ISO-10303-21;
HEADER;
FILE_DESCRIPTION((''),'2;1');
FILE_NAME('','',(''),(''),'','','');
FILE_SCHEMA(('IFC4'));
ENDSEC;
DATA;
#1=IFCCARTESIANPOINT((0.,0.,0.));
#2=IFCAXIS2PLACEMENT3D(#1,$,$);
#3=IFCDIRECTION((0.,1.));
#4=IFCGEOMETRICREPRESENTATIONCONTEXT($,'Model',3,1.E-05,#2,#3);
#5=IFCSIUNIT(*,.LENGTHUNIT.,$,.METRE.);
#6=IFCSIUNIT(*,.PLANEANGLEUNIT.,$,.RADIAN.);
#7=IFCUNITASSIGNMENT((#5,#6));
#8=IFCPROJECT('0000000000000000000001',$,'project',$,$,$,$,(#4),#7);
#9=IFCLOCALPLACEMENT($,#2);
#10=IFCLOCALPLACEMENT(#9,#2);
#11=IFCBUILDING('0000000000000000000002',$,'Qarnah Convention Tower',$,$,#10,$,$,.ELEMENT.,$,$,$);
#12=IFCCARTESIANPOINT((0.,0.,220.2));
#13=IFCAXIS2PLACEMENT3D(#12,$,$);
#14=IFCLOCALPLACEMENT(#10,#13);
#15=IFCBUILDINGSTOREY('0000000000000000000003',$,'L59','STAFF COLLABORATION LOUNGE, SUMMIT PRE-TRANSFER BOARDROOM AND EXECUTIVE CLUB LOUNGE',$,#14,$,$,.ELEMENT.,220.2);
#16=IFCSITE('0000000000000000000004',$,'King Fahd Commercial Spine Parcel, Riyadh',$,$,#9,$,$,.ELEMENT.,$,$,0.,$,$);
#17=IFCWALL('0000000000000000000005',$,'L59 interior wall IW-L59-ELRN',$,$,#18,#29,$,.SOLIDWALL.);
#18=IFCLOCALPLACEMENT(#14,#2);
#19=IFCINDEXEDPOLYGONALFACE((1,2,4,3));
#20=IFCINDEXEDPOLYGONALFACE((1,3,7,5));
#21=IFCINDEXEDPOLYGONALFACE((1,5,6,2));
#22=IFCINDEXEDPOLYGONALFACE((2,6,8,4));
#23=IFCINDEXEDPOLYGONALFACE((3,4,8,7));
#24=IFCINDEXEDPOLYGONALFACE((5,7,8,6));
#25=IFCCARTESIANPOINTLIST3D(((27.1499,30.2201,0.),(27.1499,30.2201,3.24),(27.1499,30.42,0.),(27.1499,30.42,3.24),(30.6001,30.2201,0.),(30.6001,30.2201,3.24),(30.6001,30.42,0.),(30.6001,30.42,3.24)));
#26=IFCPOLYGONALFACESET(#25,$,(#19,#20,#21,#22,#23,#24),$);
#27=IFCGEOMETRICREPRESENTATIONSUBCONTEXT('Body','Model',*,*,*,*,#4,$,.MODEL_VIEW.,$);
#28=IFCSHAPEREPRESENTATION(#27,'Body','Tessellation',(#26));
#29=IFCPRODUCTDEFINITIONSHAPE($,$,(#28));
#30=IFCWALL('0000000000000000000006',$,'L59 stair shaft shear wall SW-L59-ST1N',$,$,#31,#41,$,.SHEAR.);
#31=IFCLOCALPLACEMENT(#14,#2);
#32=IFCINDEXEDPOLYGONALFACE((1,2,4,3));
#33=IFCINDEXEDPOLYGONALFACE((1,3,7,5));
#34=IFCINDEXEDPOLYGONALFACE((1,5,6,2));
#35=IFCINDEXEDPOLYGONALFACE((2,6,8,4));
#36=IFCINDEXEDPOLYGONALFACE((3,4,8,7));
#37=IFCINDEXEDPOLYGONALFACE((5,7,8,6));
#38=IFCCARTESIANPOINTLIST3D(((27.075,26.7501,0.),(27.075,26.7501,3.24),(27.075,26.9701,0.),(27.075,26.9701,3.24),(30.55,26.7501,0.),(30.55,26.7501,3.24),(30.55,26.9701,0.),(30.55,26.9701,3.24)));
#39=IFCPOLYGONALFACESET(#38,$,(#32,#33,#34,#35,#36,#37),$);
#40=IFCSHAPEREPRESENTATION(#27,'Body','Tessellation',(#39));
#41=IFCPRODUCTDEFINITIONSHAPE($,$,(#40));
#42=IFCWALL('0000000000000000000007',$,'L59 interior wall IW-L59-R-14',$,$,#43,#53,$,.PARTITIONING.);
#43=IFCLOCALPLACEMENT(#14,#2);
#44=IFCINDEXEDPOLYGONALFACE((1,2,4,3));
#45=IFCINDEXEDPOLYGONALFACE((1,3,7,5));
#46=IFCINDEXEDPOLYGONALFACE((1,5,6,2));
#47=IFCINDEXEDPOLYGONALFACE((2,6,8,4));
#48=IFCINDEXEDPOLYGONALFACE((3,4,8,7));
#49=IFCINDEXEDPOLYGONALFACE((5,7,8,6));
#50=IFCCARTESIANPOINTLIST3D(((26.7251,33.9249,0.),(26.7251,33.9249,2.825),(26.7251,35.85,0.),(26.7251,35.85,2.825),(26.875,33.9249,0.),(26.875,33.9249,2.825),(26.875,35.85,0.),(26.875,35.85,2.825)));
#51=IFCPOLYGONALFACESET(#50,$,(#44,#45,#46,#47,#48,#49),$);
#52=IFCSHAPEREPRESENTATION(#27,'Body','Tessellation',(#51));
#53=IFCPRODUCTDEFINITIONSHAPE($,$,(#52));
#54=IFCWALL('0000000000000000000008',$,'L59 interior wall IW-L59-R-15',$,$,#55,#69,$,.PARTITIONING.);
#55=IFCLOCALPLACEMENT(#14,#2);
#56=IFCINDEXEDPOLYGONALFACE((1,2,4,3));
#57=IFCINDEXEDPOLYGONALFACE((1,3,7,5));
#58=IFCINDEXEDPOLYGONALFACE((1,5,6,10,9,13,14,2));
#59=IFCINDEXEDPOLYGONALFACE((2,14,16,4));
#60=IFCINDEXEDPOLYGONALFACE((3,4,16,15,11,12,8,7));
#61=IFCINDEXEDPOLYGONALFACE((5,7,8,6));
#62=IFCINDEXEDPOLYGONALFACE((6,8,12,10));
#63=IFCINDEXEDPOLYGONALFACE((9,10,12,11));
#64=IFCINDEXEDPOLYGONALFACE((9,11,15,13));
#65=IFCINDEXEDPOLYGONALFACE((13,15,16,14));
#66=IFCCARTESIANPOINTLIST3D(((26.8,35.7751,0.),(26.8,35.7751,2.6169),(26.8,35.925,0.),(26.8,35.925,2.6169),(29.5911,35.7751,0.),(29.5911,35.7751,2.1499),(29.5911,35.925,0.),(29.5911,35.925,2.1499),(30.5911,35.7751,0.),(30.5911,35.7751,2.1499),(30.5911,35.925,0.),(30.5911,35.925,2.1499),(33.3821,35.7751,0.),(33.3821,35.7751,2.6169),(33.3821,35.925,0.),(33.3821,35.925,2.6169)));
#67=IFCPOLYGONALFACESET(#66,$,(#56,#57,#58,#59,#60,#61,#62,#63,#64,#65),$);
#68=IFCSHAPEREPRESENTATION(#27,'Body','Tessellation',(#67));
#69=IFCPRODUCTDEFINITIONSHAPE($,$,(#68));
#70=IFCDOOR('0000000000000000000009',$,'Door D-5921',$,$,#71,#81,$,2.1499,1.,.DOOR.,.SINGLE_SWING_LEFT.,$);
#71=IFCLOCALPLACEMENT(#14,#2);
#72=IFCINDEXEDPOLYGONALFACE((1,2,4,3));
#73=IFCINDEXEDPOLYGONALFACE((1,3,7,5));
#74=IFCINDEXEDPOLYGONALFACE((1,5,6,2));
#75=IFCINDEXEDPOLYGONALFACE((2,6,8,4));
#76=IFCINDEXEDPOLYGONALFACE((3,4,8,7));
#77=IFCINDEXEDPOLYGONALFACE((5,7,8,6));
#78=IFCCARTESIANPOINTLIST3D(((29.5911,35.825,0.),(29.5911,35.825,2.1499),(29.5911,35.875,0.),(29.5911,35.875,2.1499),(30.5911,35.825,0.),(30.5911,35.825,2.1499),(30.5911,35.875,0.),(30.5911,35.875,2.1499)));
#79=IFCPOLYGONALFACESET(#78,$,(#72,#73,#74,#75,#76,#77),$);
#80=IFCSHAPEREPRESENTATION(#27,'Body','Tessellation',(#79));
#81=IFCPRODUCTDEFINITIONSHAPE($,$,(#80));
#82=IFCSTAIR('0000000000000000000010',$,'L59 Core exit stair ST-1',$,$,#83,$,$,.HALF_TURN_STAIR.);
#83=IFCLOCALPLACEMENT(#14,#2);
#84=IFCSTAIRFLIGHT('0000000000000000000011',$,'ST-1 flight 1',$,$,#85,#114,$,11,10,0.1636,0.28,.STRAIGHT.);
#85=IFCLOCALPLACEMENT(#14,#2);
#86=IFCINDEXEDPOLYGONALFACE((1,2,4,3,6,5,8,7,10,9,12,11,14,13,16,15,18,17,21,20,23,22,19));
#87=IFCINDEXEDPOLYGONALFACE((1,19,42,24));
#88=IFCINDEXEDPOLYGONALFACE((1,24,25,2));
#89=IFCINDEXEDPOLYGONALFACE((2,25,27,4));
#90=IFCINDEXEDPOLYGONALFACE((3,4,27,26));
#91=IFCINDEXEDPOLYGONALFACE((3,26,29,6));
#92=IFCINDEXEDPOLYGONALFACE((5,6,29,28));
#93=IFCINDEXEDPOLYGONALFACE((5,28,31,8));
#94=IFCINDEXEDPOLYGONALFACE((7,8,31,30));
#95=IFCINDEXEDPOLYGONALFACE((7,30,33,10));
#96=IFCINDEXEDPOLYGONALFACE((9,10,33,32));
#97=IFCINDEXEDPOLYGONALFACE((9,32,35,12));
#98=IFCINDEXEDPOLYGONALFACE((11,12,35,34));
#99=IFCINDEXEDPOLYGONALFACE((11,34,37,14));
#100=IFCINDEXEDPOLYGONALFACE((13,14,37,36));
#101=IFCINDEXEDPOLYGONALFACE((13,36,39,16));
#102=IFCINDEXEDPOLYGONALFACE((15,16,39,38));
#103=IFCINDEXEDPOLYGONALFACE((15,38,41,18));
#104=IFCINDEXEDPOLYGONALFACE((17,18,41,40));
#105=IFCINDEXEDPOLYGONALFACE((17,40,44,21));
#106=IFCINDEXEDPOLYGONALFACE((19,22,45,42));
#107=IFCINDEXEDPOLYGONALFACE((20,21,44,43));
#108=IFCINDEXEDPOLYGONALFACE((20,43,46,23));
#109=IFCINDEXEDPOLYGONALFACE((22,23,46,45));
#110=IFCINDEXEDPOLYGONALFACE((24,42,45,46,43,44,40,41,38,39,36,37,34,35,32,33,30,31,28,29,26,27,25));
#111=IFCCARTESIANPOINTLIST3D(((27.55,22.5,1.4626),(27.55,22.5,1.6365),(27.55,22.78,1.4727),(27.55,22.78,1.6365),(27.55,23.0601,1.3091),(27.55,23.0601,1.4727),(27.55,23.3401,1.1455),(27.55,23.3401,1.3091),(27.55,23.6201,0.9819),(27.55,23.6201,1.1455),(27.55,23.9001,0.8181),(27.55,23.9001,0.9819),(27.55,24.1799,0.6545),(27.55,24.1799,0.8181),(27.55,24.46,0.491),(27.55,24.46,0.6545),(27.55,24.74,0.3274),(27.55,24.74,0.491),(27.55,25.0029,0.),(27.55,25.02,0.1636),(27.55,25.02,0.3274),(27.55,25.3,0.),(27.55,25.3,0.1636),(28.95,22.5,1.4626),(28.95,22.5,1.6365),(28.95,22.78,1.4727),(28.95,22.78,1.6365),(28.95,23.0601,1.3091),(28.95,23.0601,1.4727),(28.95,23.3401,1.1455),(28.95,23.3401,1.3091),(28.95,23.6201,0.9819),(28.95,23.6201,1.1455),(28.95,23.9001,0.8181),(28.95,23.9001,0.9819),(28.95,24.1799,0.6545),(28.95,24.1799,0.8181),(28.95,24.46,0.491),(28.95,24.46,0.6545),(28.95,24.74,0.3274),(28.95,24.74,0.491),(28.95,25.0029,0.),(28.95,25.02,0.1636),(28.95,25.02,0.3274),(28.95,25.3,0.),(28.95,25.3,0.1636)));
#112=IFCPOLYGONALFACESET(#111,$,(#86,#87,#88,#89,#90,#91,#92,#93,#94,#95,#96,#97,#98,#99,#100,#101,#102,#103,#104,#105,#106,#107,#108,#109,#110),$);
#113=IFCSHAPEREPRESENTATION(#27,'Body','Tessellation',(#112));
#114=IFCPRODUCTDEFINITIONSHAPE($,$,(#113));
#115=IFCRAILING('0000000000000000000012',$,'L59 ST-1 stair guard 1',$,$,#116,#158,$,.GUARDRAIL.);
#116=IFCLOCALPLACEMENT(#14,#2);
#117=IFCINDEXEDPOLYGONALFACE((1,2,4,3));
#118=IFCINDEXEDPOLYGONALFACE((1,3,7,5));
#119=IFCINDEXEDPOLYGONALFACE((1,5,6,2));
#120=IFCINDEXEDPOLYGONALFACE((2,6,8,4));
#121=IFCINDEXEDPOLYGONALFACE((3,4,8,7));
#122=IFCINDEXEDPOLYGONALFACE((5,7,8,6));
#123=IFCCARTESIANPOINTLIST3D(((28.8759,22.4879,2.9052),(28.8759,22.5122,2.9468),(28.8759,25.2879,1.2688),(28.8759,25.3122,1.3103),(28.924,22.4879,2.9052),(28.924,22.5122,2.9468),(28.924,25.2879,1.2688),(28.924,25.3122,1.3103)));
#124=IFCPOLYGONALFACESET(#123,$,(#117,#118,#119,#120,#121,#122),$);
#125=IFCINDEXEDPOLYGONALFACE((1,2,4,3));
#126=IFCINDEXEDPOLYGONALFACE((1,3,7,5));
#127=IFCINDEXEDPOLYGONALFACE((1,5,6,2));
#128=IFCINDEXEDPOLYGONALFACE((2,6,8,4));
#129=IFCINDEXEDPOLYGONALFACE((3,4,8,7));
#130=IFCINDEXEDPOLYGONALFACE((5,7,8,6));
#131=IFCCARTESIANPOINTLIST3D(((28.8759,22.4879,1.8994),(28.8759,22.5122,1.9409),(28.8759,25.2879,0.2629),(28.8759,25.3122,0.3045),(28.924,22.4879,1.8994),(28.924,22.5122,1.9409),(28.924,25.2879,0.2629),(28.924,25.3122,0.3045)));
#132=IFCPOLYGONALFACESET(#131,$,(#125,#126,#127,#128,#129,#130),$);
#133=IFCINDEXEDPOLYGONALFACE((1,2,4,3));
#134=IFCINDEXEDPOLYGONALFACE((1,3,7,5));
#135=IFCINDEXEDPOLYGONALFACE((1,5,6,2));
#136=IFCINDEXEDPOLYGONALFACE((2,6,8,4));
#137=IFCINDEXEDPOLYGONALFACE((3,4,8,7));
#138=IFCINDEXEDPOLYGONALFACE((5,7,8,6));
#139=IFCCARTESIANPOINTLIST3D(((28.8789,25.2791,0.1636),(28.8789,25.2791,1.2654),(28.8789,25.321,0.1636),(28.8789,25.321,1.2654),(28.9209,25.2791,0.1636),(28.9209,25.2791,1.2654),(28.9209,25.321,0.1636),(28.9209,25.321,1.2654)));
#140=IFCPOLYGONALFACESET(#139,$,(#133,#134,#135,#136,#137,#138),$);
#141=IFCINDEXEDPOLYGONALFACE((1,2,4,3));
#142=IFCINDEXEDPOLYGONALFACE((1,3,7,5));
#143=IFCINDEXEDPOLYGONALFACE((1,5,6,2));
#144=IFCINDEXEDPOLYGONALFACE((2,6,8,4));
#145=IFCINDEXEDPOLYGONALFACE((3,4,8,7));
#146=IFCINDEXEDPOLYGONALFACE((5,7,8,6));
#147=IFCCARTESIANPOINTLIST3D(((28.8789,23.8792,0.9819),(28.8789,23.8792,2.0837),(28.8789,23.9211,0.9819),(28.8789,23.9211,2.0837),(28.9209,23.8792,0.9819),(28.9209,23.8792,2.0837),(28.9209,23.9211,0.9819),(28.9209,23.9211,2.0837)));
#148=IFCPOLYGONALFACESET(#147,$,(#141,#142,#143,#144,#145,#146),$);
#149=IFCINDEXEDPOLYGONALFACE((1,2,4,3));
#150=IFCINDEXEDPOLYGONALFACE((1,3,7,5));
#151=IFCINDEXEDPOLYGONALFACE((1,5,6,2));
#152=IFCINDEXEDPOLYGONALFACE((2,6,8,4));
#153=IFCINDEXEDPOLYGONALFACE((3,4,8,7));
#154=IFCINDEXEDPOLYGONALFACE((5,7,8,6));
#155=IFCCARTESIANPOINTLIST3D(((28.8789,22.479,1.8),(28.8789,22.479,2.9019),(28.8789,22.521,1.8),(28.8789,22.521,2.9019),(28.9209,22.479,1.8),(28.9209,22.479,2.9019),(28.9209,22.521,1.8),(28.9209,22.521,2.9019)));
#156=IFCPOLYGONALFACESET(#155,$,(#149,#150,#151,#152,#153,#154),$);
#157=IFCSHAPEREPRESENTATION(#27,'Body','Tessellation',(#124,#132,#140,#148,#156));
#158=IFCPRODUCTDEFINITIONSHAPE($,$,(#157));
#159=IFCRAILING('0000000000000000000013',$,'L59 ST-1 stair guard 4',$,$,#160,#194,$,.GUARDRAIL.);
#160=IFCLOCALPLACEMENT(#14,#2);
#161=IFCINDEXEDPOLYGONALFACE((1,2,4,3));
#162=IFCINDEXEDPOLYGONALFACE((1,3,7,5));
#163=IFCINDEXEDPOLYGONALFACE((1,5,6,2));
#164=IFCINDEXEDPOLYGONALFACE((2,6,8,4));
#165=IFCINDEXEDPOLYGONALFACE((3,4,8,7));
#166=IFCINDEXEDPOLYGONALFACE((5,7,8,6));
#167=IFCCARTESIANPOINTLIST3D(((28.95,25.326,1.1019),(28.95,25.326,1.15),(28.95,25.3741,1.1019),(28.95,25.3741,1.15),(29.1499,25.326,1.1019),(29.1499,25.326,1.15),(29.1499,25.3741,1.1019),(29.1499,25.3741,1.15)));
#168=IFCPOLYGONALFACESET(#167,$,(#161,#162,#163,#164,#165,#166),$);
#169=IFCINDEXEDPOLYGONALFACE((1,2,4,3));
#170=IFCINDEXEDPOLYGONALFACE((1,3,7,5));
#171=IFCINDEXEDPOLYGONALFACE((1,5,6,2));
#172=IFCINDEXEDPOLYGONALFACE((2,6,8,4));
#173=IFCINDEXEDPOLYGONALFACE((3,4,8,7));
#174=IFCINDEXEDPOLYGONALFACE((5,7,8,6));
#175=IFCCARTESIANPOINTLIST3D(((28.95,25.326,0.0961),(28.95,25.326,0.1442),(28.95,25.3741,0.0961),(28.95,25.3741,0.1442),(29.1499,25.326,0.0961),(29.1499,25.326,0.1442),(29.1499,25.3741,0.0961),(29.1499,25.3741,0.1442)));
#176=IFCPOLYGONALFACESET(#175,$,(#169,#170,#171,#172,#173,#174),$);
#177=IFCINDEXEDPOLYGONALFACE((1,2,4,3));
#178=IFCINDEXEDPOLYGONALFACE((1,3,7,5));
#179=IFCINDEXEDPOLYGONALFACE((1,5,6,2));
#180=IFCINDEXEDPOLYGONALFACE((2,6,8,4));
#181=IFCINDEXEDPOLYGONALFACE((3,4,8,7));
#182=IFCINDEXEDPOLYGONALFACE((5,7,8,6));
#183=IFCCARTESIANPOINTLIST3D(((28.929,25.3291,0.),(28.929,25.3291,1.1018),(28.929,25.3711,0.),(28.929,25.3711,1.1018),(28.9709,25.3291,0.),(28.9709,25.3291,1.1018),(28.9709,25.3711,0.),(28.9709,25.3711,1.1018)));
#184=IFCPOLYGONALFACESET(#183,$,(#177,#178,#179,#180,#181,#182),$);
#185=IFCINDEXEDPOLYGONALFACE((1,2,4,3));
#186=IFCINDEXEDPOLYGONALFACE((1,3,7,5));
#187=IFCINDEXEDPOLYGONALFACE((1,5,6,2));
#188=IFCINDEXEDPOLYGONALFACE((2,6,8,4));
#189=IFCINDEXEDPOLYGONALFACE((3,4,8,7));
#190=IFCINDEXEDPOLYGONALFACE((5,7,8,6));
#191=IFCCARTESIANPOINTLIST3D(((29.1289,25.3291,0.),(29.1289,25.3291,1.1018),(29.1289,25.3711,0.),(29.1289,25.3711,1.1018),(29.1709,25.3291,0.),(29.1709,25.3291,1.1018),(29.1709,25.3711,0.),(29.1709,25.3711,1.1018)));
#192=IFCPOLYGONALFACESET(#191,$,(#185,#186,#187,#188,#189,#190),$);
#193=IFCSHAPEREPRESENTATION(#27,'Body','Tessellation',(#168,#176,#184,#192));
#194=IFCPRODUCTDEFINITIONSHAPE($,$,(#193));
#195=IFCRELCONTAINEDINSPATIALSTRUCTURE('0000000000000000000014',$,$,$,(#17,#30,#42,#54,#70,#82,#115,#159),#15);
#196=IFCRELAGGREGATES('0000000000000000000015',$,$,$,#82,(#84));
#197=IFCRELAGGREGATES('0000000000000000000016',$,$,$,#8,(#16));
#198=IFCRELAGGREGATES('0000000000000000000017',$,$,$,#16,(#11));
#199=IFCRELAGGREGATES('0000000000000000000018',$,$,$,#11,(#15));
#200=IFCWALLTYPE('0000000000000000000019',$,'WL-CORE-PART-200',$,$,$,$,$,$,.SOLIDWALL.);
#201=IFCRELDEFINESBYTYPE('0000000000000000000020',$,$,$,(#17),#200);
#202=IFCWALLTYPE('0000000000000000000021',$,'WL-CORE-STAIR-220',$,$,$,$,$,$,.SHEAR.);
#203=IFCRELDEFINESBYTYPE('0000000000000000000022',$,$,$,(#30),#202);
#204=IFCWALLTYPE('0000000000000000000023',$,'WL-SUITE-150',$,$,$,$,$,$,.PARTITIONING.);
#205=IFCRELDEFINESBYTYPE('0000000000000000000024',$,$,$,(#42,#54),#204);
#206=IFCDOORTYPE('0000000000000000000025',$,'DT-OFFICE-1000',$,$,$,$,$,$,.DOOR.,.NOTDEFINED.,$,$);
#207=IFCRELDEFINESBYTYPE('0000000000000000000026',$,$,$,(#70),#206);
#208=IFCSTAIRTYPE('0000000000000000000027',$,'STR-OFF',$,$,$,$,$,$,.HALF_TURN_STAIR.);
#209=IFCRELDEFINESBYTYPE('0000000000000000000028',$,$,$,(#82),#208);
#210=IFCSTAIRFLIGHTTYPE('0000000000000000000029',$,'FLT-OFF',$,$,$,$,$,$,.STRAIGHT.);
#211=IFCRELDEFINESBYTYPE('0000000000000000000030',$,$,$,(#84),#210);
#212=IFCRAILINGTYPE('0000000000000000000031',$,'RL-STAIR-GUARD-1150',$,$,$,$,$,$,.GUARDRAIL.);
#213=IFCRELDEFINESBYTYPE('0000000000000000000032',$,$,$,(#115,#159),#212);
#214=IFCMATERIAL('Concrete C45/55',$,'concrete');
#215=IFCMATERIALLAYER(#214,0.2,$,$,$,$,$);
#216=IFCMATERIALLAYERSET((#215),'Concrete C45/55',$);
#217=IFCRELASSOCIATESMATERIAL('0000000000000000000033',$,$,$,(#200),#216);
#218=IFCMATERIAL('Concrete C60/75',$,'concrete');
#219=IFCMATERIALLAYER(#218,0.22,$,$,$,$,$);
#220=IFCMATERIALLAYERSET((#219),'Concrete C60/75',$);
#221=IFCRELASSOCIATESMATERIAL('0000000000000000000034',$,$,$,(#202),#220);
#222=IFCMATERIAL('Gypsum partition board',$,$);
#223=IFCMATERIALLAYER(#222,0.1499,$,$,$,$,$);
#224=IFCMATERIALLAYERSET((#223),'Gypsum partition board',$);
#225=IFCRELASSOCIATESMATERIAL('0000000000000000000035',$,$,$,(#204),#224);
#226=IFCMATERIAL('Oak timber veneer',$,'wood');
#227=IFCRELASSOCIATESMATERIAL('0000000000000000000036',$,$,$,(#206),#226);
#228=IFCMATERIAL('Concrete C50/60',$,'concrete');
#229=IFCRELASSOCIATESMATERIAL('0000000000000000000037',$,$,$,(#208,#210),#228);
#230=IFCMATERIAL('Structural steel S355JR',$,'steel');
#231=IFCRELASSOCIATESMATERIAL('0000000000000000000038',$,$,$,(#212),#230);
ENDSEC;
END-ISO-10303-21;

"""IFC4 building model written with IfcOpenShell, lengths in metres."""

from ifc_helpers import new_model, si_unit, direction, frame, frame_2d, origin, origin_2d, place, context, subcontext, project, spatial, polyline, rectangle, outline, extrude, material, layer, layer_set, type_object, element, fill, aggregate, save


model = new_model("IFC4")

# Units and contexts
model_context = context("Model", 3, precision=1e-05, world=origin(), true_north=direction((0.0, 1.0)))
body_context = subcontext(model_context, "Body", "Model", "MODEL_VIEW")
ifc_project = project(units=[si_unit("LENGTHUNIT", "METRE"), si_unit("PLANEANGLEUNIT", "RADIAN")], contexts=[model_context])

# Site, building, storey
site_placement = place(None, origin())
site = spatial("IfcSite", under=ifc_project, at=site_placement, Name="King Fahd Commercial Spine Parcel, Riyadh", CompositionType="ELEMENT", RefElevation=0.0)
building_placement = place(site_placement, origin())
building = spatial("IfcBuilding", under=site, at=building_placement, Name="Qarnah Convention Tower", CompositionType="ELEMENT")
storey_placement = place(building_placement, frame((0.0, 0.0, 220.2)))
storey = spatial("IfcBuildingStorey", under=building, at=storey_placement, Name="L59", Description="STAFF COLLABORATION LOUNGE, SUMMIT PRE-TRANSFER BOARDROOM AND EXECUTIVE CLUB LOUNGE", CompositionType="ELEMENT", Elevation=220.2)

# Shared definitions
ifc_material_1 = material(Name="Concrete C50/60", Category="concrete")

# Shared definitions
ifc_material_2 = material(Name="Structural steel S355JR", Category="steel")

# Shared definitions
ifc_material_3 = material(Name="Concrete C60/75", Category="concrete")

# Walls
ifc_material_4 = material(Name="Concrete C45/55", Category="concrete")
ifc_layer_1 = layer(ifc_material_4, 0.2)
ifc_layer_set_1 = layer_set([ifc_layer_1], Name="Concrete C45/55")
wall_type_1 = type_object("IfcWallType", Name="WL-CORE-PART-200", PredefinedType="SOLIDWALL", material=ifc_layer_set_1)
wall_1_placement = place(storey_placement, frame((27.1499, 30.3201, 0.0), z_axis=(0.0, 0.0, 1.0), x_axis=(1.0, 0.0, 0.0)))
element("IfcWall", 1, at=wall_1_placement, inside=storey, type_object=wall_type_1, Name="L59 interior wall IW-L59-ELRN", PredefinedType="SOLIDWALL", context=body_context, shape_type="SweptSolid", body=[
    extrude(rectangle(XDim=3.4502, YDim=0.2, at=frame_2d((1.7251, 0.0))), origin(), (0.0, 0.0, 1.0), 3.24),
])
ifc_layer_2 = layer(ifc_material_3, 0.22)
ifc_layer_set_2 = layer_set([ifc_layer_2], Name="Concrete C60/75")
wall_type_2 = type_object("IfcWallType", Name="WL-CORE-STAIR-220", PredefinedType="SHEAR", material=ifc_layer_set_2)
wall_2_placement = place(storey_placement, frame((27.075, 26.8601, 0.0), z_axis=(0.0, 0.0, 1.0), x_axis=(1.0, 0.0, 0.0)))
element("IfcWall", 2, at=wall_2_placement, inside=storey, type_object=wall_type_2, Name="L59 stair shaft shear wall SW-L59-ST1N", PredefinedType="SHEAR", context=body_context, shape_type="SweptSolid", body=[
    extrude(rectangle(XDim=3.4751, YDim=0.22, at=frame_2d((1.7375, 0.0))), origin(), (0.0, 0.0, 1.0), 3.24),
])
ifc_material_5 = material(Name="Gypsum partition board")
ifc_layer_3 = layer(ifc_material_5, 0.1499)
ifc_layer_set_3 = layer_set([ifc_layer_3], Name="Gypsum partition board")
wall_type_3 = type_object("IfcWallType", Name="WL-SUITE-150", PredefinedType="PARTITIONING", material=ifc_layer_set_3)
wall_3_placement = place(storey_placement, frame((26.8, 33.925, 0.0), z_axis=(0.0, 0.0, 1.0), x_axis=(0.0, 1.0, 0.0)))
element("IfcWall", 3, at=wall_3_placement, inside=storey, type_object=wall_type_3, Name="L59 interior wall IW-L59-R-14", PredefinedType="PARTITIONING", context=body_context, shape_type="SweptSolid", body=[
    extrude(rectangle(XDim=1.925, YDim=0.1499, at=frame_2d((0.9624, 0.0))), origin(), (0.0, 0.0, 1.0), 2.825),
])

# Wall, opening, door
wall_4_placement = place(storey_placement, frame((26.8, 35.8501, 0.0), z_axis=(0.0, 0.0, 1.0), x_axis=(1.0, 0.0, 0.0)))
wall_4 = element("IfcWall", 4, at=wall_4_placement, inside=storey, type_object=wall_type_3, Name="L59 interior wall IW-L59-R-15", PredefinedType="PARTITIONING", context=body_context, shape_type="SweptSolid", body=[
    extrude(rectangle(XDim=6.582, YDim=0.1499, at=frame_2d((3.291, 0.0))), origin(), (0.0, 0.0, 1.0), 2.6169),
])
opening_1_placement = place(wall_4_placement, frame((2.791, 0.0, 0.0)))
opening_1 = element("IfcOpeningElement", 5, at=opening_1_placement, cuts=wall_4, PredefinedType="OPENING", context=body_context, shape_type="SweptSolid", body=[
    extrude(rectangle(XDim=1.0, YDim=2.1499, at=frame_2d((0.5, 1.075))), frame((0.0, 0.085, 0.0), z_axis=(0.0, -1.0, 0.0), x_axis=(1.0, 0.0, 0.0)), (0.0, 0.0, 1.0), 0.1699),
])
ifc_material_6 = material(Name="Oak timber veneer", Category="wood")
door_type_1 = type_object("IfcDoorType", Name="DT-OFFICE-1000", OperationType="NOTDEFINED", PredefinedType="DOOR", material=ifc_material_6)
door_1_placement = place(opening_1_placement, origin())
door_1 = element("IfcDoor", 6, at=door_1_placement, inside=storey, type_object=door_type_1, Name="Door D-5921", OperationType="SINGLE_SWING_LEFT", OverallHeight=2.1499, OverallWidth=1.0, PredefinedType="DOOR", context=body_context, shape_type="SweptSolid", body=[
    extrude(rectangle(XDim=1.0, YDim=2.1499, at=frame_2d((0.5, 1.075))), frame((0.0, 0.0249, 0.0), z_axis=(0.0, -1.0, 0.0), x_axis=(1.0, 0.0, 0.0)), (0.0, 0.0, 1.0), 0.05),
])
fill(opening_1, door_1)

# Stair, stair flight
stair_type = type_object("IfcStairType", Name="STR-OFF", PredefinedType="HALF_TURN_STAIR", material=ifc_material_1)
stair_placement = place(storey_placement, origin())
stair = element("IfcStair", 7, at=stair_placement, inside=storey, type_object=stair_type, Name="L59 Core exit stair ST-1", PredefinedType="HALF_TURN_STAIR")
stair_flight_type = type_object("IfcStairFlightType", Name="FLT-OFF", PredefinedType="STRAIGHT", material=ifc_material_1)
stair_flight_placement = place(storey_placement, frame((28.25, 25.3, 0.0), z_axis=(0.0, 0.0, 1.0), x_axis=(0.0, -1.0, 0.0)))
stair_flight = element("IfcStairFlight", 8, at=stair_flight_placement, type_object=stair_flight_type, Name="ST-1 flight 1", NumberOfRisers=11, NumberOfTreads=10, PredefinedType="STRAIGHT", RiserHeight=0.1636, TreadLength=0.28, context=body_context, shape_type="SweptSolid", body=[
    extrude(outline(polyline([(0.0, 0.0), (0.0, 0.1636), (0.28, 0.1636), (0.28, 0.3274), (0.5601, 0.3274), (0.5601, 0.491), (0.8401, 0.491), (0.8401, 0.6545), (1.1201, 0.6545), (1.1201, 0.8181), (1.3999, 0.8181), (1.3999, 0.9819), (1.6799, 0.9819), (1.6799, 1.1455), (1.96, 1.1455), (1.96, 1.3091), (2.24, 1.3091), (2.24, 1.4727), (2.52, 1.4727), (2.52, 1.6365), (2.8, 1.6365), (2.8, 1.8), (2.8, 1.4626), (0.2971, 0.0), (0.0, 0.0)])), frame((0.0, 0.7, 0.0), z_axis=(0.0, -1.0, 0.0), x_axis=(1.0, 0.0, 0.0)), (0.0, 0.0, 1.0), 1.3999),
])
aggregate(stair, [stair_flight])

# Railings
railing_type_1 = type_object("IfcRailingType", Name="RL-STAIR-GUARD-1150", PredefinedType="GUARDRAIL", material=ifc_material_2)
railing_1_placement = place(storey_placement, frame((28.8999, 25.3, 0.1636)))
element("IfcRailing", 9, at=railing_1_placement, inside=storey, type_object=railing_type_1, Name="L59 ST-1 stair guard 1", PredefinedType="GUARDRAIL", context=body_context, shape_type="SweptSolid", body=[
    extrude(rectangle(XDim=0.0481, YDim=0.0481, at=origin_2d()), frame((0.0, 0.0, 1.126), z_axis=(0.0, -0.863361, 0.504587), x_axis=(1.0, 0.0, 0.0)), (0.0, 0.0, 1.0), 3.2432),
    extrude(rectangle(XDim=0.0481, YDim=0.0481, at=origin_2d()), frame((0.0, 0.0, 0.1201), z_axis=(0.0, -0.863361, 0.504587), x_axis=(1.0, 0.0, 0.0)), (0.0, 0.0, 1.0), 3.2432),
    extrude(rectangle(XDim=0.042, YDim=0.042, at=origin_2d()), origin(), (0.0, 0.0, 1.0), 1.1018),
    extrude(rectangle(XDim=0.042, YDim=0.042, at=origin_2d()), frame((0.0, -1.3999, 0.8184)), (0.0, 0.0, 1.0), 1.1018),
    extrude(rectangle(XDim=0.042, YDim=0.042, at=origin_2d()), frame((0.0, -2.8, 1.6365)), (0.0, 0.0, 1.0), 1.1018),
])
railing_2_placement = place(storey_placement, frame((28.95, 25.3501, 0.0)))
element("IfcRailing", 10, at=railing_2_placement, inside=storey, type_object=railing_type_1, Name="L59 ST-1 stair guard 4", PredefinedType="GUARDRAIL", context=body_context, shape_type="SweptSolid", body=[
    extrude(rectangle(XDim=0.0481, YDim=0.0481, at=origin_2d()), frame((0.0, 0.0, 1.126), z_axis=(1.0, 0.0, 0.0), x_axis=(0.0, 1.0, 0.0)), (0.0, 0.0, 1.0), 0.2),
    extrude(rectangle(XDim=0.0481, YDim=0.0481, at=origin_2d()), frame((0.0, 0.0, 0.1201), z_axis=(1.0, 0.0, 0.0), x_axis=(0.0, 1.0, 0.0)), (0.0, 0.0, 1.0), 0.2),
    extrude(rectangle(XDim=0.042, YDim=0.042, at=origin_2d()), origin(), (0.0, 0.0, 1.0), 1.1018),
    extrude(rectangle(XDim=0.042, YDim=0.042, at=origin_2d()), frame((0.2, 0.0, 0.0)), (0.0, 0.0, 1.0), 1.1018),
])

save(model, "model.ifc")
